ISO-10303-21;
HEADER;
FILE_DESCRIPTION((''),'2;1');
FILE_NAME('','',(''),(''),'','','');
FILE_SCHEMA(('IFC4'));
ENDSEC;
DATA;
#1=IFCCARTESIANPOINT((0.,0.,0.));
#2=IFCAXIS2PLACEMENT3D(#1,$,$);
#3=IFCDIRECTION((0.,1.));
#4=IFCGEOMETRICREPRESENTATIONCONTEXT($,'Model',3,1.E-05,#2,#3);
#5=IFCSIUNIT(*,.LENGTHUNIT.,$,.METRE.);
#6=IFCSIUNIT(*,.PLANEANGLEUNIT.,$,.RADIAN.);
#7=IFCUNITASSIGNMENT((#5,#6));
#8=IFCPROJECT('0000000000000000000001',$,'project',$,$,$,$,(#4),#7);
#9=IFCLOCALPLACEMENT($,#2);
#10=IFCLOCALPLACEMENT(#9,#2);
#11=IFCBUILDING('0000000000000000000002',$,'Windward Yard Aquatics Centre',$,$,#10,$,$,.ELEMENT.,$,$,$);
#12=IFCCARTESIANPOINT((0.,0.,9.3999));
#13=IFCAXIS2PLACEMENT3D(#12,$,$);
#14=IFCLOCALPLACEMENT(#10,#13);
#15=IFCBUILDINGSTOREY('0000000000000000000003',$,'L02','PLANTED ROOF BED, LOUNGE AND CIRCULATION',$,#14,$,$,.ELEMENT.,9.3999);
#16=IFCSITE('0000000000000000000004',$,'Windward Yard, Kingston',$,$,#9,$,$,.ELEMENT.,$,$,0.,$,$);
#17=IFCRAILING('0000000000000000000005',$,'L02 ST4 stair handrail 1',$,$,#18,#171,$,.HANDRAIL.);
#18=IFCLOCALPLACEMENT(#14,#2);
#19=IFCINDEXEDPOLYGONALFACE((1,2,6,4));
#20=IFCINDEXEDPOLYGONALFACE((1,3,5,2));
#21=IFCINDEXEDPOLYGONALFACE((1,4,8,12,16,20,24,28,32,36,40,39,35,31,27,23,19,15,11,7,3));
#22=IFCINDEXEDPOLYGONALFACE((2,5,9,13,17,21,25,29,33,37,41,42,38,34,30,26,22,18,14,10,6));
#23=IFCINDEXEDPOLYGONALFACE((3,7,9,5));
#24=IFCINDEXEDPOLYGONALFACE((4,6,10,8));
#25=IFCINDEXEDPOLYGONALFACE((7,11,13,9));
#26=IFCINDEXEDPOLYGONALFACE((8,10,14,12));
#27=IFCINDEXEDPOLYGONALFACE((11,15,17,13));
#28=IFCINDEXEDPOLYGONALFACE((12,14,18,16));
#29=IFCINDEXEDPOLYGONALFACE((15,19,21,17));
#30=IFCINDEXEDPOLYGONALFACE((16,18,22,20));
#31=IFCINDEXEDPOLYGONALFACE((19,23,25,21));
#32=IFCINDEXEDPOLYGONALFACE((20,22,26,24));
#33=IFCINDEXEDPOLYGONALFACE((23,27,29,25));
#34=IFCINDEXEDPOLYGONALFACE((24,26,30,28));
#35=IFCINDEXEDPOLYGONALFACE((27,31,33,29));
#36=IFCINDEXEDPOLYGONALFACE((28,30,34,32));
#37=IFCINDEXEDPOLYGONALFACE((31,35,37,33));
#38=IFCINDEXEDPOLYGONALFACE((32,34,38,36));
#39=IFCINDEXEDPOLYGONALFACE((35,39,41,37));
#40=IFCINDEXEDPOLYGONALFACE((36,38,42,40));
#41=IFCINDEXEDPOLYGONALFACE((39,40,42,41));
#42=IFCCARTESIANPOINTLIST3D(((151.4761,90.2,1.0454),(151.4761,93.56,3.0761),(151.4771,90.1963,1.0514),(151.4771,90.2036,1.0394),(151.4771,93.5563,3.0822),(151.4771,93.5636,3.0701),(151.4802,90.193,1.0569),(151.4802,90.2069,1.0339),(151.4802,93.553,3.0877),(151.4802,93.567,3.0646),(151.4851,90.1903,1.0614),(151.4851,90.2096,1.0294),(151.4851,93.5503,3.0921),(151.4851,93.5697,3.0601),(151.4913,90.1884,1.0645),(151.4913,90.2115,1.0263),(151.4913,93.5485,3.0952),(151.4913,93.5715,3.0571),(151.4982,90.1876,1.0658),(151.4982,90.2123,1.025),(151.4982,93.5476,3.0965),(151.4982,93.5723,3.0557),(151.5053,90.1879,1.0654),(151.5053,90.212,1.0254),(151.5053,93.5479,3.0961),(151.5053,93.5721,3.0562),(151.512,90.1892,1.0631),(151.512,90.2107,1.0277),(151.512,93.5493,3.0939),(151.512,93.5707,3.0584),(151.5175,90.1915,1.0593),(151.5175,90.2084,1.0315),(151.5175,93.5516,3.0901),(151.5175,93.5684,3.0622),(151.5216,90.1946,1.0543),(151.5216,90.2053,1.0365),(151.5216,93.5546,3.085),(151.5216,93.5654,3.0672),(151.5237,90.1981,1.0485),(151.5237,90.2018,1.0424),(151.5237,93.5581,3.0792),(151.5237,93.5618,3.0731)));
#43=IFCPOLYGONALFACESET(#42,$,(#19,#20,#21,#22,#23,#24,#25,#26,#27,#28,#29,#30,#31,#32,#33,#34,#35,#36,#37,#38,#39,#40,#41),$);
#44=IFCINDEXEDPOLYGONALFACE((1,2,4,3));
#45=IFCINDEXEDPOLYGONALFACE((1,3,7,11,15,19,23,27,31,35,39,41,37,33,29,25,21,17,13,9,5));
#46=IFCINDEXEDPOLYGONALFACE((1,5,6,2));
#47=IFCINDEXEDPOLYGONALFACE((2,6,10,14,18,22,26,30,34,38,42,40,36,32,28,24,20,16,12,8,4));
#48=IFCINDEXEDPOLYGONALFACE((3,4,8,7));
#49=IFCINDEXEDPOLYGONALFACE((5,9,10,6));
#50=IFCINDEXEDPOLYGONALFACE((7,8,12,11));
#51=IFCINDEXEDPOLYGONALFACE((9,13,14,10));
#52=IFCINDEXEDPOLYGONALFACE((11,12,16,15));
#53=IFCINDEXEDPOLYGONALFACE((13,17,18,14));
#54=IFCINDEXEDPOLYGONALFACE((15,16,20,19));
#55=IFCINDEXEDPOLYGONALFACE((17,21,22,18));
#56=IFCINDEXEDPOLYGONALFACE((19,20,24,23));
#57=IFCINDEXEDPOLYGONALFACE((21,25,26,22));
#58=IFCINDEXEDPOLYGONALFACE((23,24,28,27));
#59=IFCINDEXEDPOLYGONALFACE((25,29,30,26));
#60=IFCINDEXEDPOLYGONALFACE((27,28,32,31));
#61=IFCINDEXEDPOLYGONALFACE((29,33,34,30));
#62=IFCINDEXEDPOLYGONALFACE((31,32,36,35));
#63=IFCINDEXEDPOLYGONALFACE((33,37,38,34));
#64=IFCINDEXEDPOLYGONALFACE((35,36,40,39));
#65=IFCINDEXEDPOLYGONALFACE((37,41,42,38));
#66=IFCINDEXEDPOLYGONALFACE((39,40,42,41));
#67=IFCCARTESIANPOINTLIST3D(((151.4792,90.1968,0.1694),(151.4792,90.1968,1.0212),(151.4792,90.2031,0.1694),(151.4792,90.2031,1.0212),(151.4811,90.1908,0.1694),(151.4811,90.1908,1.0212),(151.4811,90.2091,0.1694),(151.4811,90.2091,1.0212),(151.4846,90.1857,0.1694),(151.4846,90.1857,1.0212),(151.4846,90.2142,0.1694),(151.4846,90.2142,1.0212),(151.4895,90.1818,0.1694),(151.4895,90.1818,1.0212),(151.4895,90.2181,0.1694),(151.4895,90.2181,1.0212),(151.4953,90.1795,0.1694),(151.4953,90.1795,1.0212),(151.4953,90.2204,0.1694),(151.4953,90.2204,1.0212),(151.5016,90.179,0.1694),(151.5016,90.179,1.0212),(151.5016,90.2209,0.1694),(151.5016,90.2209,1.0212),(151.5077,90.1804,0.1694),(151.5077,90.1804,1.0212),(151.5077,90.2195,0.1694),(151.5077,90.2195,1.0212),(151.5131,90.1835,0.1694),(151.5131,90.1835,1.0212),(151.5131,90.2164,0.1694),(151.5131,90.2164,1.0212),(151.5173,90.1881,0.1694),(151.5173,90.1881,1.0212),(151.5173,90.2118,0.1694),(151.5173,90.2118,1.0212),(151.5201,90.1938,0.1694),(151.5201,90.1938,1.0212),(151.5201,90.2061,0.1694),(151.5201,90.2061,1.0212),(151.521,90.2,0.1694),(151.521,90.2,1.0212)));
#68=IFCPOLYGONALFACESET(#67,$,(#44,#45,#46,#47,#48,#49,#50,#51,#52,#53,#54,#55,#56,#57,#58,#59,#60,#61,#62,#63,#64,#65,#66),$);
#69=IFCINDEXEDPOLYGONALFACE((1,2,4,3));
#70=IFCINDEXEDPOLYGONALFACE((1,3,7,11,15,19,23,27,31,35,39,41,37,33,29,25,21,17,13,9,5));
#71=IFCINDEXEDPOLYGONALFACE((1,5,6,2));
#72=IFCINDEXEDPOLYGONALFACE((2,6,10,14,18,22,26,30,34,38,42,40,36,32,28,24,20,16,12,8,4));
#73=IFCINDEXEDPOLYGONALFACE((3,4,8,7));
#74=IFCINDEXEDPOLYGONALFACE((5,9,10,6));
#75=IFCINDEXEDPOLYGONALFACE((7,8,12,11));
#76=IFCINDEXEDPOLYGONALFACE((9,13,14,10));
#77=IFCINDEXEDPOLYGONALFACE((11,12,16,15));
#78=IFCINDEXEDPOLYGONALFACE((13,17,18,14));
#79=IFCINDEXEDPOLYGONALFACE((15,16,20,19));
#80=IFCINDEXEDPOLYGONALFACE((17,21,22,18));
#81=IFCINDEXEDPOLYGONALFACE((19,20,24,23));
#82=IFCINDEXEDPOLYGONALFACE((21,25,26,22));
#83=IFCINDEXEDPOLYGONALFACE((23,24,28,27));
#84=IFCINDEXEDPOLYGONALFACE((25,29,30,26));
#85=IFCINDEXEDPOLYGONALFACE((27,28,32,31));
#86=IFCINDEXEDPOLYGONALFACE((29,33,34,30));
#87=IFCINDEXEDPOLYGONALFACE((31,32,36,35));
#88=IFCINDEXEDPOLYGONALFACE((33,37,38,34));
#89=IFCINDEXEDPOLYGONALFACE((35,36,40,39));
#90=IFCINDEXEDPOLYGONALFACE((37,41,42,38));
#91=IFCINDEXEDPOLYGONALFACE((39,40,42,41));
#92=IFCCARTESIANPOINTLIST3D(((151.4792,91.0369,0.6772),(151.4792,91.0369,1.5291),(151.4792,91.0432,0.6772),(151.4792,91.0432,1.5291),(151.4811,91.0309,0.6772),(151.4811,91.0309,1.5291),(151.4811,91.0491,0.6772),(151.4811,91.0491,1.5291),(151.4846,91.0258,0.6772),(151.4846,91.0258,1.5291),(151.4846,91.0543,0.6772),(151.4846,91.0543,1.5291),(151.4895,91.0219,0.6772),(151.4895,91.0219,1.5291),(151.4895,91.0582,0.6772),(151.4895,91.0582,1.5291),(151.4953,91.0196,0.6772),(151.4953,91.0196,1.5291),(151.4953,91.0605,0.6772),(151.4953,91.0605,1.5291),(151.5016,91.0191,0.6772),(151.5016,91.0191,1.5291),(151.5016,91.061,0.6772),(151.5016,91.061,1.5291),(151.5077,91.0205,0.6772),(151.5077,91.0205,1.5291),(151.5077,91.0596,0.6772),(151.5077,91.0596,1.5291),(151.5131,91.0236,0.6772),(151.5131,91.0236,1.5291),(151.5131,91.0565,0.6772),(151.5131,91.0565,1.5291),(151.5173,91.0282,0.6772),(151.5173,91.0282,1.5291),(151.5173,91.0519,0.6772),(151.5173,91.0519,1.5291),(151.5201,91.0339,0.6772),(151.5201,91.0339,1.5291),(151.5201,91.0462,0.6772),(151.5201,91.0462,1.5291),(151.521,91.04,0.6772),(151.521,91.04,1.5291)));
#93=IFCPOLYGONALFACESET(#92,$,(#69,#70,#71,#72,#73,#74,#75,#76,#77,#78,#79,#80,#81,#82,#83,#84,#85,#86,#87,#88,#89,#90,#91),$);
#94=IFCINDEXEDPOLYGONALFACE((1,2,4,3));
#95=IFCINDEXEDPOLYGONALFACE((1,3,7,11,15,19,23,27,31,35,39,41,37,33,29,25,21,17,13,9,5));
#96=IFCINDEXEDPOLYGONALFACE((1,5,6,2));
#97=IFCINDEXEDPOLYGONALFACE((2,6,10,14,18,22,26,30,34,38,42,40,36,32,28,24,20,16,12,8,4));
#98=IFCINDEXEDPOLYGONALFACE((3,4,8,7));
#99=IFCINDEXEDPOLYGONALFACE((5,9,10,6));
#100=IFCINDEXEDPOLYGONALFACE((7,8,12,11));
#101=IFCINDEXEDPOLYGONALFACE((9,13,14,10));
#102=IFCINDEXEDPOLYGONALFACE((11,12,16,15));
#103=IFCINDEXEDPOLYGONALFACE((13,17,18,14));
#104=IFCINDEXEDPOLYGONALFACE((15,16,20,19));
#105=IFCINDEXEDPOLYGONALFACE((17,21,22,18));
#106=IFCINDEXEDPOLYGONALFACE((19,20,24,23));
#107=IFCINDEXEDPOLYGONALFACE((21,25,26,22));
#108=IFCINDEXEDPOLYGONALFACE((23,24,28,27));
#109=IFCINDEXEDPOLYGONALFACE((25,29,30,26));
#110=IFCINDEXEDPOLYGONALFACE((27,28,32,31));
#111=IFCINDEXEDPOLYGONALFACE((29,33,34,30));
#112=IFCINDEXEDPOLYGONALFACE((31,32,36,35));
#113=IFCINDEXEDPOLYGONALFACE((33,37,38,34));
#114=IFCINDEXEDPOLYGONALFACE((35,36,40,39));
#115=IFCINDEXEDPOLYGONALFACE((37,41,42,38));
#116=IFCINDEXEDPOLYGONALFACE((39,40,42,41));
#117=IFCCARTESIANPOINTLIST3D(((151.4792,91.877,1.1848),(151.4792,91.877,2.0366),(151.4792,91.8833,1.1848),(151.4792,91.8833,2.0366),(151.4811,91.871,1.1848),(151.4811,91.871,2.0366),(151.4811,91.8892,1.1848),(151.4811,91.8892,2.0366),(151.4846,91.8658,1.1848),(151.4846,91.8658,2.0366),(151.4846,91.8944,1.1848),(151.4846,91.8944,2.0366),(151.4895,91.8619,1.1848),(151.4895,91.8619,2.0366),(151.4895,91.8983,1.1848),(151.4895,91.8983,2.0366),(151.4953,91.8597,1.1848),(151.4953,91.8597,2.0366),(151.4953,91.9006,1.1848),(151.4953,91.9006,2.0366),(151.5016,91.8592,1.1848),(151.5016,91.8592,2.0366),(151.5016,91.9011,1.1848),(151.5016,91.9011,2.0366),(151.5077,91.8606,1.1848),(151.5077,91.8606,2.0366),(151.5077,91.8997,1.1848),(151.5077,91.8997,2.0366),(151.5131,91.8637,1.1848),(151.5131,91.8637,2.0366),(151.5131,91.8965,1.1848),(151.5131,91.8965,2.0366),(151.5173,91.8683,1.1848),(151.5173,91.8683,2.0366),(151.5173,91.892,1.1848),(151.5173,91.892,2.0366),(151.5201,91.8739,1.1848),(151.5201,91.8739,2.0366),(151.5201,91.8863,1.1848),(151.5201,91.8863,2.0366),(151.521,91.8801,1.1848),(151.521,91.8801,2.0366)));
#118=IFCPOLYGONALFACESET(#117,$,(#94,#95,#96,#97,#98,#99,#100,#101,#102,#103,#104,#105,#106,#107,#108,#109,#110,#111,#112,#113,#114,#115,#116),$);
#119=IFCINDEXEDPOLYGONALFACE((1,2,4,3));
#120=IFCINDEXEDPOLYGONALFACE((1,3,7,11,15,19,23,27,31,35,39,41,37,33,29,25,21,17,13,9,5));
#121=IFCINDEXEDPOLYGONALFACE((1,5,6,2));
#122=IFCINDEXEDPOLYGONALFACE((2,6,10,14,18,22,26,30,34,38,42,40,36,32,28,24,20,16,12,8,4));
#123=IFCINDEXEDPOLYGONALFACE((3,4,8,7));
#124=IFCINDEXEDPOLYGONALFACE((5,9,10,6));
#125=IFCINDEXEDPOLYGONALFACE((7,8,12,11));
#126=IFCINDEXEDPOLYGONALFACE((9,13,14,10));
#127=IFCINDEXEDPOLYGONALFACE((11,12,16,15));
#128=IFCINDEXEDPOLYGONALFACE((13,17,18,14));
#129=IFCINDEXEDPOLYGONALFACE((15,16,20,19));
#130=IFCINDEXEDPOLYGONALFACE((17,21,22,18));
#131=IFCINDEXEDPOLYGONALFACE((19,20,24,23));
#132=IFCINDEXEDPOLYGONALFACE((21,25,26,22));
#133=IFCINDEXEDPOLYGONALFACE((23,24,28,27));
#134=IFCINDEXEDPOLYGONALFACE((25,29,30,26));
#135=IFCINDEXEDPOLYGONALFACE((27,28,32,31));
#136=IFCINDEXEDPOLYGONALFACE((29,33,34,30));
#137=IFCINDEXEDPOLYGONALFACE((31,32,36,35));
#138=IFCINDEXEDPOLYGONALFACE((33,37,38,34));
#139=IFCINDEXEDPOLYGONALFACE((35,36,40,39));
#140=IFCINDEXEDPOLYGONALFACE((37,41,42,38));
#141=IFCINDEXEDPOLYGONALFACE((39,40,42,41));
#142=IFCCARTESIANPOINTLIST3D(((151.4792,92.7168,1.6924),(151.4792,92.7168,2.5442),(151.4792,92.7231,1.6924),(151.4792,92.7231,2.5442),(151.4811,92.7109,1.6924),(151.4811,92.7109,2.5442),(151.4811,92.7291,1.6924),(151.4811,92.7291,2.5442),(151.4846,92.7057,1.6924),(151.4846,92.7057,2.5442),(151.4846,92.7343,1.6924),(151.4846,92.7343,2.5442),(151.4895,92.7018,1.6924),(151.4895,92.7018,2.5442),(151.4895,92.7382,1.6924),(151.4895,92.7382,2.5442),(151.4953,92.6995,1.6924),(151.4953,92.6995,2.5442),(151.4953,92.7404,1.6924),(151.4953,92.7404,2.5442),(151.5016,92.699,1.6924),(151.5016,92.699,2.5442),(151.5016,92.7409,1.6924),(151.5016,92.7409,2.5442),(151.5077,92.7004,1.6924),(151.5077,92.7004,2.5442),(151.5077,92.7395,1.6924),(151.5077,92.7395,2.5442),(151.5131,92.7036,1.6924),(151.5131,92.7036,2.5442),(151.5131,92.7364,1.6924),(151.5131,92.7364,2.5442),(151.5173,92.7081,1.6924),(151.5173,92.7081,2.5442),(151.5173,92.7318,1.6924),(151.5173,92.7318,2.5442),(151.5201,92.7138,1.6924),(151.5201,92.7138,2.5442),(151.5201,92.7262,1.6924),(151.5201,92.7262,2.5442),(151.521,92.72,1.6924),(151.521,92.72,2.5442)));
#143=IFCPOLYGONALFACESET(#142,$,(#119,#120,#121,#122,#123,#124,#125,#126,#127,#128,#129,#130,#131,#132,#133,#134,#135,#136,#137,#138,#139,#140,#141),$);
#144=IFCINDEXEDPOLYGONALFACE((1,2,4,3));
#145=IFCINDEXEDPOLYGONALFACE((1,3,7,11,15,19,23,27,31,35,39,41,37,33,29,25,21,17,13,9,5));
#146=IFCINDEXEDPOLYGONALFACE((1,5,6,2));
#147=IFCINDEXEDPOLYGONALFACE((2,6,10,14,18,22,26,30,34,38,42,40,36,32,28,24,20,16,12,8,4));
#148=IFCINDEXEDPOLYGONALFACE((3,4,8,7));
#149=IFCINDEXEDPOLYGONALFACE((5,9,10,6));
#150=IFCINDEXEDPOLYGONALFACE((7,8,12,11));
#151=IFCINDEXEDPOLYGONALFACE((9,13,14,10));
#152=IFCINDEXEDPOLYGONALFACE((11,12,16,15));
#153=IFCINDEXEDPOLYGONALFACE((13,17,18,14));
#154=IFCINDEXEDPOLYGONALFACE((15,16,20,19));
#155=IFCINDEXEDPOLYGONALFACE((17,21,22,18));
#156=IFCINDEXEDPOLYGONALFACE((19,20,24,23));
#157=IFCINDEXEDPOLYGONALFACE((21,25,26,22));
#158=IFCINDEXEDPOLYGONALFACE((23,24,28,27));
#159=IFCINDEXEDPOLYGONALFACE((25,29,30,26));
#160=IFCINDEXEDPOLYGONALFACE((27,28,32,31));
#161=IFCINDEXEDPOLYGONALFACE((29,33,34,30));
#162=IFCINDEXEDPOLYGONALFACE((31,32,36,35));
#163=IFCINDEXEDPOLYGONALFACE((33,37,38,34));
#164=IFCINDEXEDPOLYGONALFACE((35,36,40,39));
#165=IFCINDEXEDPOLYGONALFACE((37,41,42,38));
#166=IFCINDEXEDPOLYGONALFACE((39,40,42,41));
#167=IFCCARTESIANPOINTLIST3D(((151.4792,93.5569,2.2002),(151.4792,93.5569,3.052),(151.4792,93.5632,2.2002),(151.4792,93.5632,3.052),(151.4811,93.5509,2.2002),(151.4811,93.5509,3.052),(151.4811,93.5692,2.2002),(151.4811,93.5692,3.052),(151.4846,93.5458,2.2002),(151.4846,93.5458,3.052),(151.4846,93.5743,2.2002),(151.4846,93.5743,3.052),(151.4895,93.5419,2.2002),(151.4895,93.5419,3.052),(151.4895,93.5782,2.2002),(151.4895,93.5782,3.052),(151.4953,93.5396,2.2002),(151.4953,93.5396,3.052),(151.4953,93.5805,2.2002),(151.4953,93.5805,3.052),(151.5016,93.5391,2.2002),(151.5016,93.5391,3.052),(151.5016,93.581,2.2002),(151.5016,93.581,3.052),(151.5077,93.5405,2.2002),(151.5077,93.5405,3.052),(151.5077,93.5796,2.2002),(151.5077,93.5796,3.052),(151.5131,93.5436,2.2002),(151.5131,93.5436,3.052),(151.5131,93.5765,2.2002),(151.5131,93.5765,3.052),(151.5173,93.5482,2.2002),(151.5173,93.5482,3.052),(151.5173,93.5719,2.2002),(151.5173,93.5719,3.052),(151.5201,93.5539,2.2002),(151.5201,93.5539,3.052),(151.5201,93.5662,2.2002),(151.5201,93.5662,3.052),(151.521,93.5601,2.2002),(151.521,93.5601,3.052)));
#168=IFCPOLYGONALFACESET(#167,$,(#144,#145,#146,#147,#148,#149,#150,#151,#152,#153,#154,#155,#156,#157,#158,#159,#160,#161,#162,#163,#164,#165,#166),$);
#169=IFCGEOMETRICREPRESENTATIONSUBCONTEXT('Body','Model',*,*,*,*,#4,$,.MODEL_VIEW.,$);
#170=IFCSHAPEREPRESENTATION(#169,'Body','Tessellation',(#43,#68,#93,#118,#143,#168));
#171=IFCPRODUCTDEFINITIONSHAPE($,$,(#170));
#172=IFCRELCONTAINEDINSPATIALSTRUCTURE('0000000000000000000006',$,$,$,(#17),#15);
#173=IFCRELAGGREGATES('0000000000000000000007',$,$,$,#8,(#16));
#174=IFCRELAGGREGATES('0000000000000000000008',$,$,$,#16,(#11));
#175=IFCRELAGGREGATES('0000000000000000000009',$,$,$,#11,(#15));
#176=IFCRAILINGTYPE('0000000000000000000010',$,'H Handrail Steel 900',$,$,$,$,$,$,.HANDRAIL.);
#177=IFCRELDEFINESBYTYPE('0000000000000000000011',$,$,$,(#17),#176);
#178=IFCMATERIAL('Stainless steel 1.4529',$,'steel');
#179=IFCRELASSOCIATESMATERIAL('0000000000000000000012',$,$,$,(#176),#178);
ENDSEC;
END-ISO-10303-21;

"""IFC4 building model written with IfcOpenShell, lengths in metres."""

from ifc_helpers import new_model, si_unit, direction, frame, origin, origin_2d, place, context, subcontext, project, spatial, circle, extrude, material, type_object, element, save


model = new_model("IFC4")

# Units and contexts
model_context = context("Model", 3, precision=1e-05, world=origin(), true_north=direction((0.0, 1.0)))
body_context = subcontext(model_context, "Body", "Model", "MODEL_VIEW")
ifc_project = project(units=[si_unit("LENGTHUNIT", "METRE"), si_unit("PLANEANGLEUNIT", "RADIAN")], contexts=[model_context])

# Site, building, storey
site_placement = place(None, origin())
site = spatial("IfcSite", under=ifc_project, at=site_placement, Name="Windward Yard, Kingston", CompositionType="ELEMENT", RefElevation=0.0)
building_placement = place(site_placement, origin())
building = spatial("IfcBuilding", under=site, at=building_placement, Name="Windward Yard Aquatics Centre", CompositionType="ELEMENT")
storey_placement = place(building_placement, frame((0.0, 0.0, 9.3999)))
storey = spatial("IfcBuildingStorey", under=building, at=storey_placement, Name="L02", Description="PLANTED ROOF BED, LOUNGE AND CIRCULATION", CompositionType="ELEMENT", Elevation=9.3999)

# Railing
ifc_material_1 = material(Name="Stainless steel 1.4529", Category="steel")
railing_type_1 = type_object("IfcRailingType", Name="H Handrail Steel 900", PredefinedType="HANDRAIL", material=ifc_material_1)
railing_1_placement = place(storey_placement, frame((151.5, 90.2, 0.1694)))
element("IfcRailing", 1, at=railing_1_placement, inside=storey, type_object=railing_type_1, Name="L02 ST4 stair handrail 1", PredefinedType="HANDRAIL", context=body_context, shape_type="SweptSolid", body=[
    extrude(circle(Radius=0.0239, at=origin_2d()), frame((0.0, 0.0, 0.876), z_axis=(0.0, 0.855837, 0.517246), x_axis=(-1.0, 0.0, 0.0)), (0.0, 0.0, 1.0), 3.926),
    extrude(circle(Radius=0.021, at=origin_2d()), origin(), (0.0, 0.0, 1.0), 0.8518),
    extrude(circle(Radius=0.021, at=origin_2d()), frame((0.0, 0.8401, 0.5078)), (0.0, 0.0, 1.0), 0.8518),
    extrude(circle(Radius=0.021, at=origin_2d()), frame((0.0, 1.6802, 1.0154)), (0.0, 0.0, 1.0), 0.8518),
    extrude(circle(Radius=0.021, at=origin_2d()), frame((0.0, 2.52, 1.5229)), (0.0, 0.0, 1.0), 0.8518),
    extrude(circle(Radius=0.021, at=origin_2d()), frame((0.0, 3.3601, 2.0308)), (0.0, 0.0, 1.0), 0.8518),
])

save(model, "model.ifc")
